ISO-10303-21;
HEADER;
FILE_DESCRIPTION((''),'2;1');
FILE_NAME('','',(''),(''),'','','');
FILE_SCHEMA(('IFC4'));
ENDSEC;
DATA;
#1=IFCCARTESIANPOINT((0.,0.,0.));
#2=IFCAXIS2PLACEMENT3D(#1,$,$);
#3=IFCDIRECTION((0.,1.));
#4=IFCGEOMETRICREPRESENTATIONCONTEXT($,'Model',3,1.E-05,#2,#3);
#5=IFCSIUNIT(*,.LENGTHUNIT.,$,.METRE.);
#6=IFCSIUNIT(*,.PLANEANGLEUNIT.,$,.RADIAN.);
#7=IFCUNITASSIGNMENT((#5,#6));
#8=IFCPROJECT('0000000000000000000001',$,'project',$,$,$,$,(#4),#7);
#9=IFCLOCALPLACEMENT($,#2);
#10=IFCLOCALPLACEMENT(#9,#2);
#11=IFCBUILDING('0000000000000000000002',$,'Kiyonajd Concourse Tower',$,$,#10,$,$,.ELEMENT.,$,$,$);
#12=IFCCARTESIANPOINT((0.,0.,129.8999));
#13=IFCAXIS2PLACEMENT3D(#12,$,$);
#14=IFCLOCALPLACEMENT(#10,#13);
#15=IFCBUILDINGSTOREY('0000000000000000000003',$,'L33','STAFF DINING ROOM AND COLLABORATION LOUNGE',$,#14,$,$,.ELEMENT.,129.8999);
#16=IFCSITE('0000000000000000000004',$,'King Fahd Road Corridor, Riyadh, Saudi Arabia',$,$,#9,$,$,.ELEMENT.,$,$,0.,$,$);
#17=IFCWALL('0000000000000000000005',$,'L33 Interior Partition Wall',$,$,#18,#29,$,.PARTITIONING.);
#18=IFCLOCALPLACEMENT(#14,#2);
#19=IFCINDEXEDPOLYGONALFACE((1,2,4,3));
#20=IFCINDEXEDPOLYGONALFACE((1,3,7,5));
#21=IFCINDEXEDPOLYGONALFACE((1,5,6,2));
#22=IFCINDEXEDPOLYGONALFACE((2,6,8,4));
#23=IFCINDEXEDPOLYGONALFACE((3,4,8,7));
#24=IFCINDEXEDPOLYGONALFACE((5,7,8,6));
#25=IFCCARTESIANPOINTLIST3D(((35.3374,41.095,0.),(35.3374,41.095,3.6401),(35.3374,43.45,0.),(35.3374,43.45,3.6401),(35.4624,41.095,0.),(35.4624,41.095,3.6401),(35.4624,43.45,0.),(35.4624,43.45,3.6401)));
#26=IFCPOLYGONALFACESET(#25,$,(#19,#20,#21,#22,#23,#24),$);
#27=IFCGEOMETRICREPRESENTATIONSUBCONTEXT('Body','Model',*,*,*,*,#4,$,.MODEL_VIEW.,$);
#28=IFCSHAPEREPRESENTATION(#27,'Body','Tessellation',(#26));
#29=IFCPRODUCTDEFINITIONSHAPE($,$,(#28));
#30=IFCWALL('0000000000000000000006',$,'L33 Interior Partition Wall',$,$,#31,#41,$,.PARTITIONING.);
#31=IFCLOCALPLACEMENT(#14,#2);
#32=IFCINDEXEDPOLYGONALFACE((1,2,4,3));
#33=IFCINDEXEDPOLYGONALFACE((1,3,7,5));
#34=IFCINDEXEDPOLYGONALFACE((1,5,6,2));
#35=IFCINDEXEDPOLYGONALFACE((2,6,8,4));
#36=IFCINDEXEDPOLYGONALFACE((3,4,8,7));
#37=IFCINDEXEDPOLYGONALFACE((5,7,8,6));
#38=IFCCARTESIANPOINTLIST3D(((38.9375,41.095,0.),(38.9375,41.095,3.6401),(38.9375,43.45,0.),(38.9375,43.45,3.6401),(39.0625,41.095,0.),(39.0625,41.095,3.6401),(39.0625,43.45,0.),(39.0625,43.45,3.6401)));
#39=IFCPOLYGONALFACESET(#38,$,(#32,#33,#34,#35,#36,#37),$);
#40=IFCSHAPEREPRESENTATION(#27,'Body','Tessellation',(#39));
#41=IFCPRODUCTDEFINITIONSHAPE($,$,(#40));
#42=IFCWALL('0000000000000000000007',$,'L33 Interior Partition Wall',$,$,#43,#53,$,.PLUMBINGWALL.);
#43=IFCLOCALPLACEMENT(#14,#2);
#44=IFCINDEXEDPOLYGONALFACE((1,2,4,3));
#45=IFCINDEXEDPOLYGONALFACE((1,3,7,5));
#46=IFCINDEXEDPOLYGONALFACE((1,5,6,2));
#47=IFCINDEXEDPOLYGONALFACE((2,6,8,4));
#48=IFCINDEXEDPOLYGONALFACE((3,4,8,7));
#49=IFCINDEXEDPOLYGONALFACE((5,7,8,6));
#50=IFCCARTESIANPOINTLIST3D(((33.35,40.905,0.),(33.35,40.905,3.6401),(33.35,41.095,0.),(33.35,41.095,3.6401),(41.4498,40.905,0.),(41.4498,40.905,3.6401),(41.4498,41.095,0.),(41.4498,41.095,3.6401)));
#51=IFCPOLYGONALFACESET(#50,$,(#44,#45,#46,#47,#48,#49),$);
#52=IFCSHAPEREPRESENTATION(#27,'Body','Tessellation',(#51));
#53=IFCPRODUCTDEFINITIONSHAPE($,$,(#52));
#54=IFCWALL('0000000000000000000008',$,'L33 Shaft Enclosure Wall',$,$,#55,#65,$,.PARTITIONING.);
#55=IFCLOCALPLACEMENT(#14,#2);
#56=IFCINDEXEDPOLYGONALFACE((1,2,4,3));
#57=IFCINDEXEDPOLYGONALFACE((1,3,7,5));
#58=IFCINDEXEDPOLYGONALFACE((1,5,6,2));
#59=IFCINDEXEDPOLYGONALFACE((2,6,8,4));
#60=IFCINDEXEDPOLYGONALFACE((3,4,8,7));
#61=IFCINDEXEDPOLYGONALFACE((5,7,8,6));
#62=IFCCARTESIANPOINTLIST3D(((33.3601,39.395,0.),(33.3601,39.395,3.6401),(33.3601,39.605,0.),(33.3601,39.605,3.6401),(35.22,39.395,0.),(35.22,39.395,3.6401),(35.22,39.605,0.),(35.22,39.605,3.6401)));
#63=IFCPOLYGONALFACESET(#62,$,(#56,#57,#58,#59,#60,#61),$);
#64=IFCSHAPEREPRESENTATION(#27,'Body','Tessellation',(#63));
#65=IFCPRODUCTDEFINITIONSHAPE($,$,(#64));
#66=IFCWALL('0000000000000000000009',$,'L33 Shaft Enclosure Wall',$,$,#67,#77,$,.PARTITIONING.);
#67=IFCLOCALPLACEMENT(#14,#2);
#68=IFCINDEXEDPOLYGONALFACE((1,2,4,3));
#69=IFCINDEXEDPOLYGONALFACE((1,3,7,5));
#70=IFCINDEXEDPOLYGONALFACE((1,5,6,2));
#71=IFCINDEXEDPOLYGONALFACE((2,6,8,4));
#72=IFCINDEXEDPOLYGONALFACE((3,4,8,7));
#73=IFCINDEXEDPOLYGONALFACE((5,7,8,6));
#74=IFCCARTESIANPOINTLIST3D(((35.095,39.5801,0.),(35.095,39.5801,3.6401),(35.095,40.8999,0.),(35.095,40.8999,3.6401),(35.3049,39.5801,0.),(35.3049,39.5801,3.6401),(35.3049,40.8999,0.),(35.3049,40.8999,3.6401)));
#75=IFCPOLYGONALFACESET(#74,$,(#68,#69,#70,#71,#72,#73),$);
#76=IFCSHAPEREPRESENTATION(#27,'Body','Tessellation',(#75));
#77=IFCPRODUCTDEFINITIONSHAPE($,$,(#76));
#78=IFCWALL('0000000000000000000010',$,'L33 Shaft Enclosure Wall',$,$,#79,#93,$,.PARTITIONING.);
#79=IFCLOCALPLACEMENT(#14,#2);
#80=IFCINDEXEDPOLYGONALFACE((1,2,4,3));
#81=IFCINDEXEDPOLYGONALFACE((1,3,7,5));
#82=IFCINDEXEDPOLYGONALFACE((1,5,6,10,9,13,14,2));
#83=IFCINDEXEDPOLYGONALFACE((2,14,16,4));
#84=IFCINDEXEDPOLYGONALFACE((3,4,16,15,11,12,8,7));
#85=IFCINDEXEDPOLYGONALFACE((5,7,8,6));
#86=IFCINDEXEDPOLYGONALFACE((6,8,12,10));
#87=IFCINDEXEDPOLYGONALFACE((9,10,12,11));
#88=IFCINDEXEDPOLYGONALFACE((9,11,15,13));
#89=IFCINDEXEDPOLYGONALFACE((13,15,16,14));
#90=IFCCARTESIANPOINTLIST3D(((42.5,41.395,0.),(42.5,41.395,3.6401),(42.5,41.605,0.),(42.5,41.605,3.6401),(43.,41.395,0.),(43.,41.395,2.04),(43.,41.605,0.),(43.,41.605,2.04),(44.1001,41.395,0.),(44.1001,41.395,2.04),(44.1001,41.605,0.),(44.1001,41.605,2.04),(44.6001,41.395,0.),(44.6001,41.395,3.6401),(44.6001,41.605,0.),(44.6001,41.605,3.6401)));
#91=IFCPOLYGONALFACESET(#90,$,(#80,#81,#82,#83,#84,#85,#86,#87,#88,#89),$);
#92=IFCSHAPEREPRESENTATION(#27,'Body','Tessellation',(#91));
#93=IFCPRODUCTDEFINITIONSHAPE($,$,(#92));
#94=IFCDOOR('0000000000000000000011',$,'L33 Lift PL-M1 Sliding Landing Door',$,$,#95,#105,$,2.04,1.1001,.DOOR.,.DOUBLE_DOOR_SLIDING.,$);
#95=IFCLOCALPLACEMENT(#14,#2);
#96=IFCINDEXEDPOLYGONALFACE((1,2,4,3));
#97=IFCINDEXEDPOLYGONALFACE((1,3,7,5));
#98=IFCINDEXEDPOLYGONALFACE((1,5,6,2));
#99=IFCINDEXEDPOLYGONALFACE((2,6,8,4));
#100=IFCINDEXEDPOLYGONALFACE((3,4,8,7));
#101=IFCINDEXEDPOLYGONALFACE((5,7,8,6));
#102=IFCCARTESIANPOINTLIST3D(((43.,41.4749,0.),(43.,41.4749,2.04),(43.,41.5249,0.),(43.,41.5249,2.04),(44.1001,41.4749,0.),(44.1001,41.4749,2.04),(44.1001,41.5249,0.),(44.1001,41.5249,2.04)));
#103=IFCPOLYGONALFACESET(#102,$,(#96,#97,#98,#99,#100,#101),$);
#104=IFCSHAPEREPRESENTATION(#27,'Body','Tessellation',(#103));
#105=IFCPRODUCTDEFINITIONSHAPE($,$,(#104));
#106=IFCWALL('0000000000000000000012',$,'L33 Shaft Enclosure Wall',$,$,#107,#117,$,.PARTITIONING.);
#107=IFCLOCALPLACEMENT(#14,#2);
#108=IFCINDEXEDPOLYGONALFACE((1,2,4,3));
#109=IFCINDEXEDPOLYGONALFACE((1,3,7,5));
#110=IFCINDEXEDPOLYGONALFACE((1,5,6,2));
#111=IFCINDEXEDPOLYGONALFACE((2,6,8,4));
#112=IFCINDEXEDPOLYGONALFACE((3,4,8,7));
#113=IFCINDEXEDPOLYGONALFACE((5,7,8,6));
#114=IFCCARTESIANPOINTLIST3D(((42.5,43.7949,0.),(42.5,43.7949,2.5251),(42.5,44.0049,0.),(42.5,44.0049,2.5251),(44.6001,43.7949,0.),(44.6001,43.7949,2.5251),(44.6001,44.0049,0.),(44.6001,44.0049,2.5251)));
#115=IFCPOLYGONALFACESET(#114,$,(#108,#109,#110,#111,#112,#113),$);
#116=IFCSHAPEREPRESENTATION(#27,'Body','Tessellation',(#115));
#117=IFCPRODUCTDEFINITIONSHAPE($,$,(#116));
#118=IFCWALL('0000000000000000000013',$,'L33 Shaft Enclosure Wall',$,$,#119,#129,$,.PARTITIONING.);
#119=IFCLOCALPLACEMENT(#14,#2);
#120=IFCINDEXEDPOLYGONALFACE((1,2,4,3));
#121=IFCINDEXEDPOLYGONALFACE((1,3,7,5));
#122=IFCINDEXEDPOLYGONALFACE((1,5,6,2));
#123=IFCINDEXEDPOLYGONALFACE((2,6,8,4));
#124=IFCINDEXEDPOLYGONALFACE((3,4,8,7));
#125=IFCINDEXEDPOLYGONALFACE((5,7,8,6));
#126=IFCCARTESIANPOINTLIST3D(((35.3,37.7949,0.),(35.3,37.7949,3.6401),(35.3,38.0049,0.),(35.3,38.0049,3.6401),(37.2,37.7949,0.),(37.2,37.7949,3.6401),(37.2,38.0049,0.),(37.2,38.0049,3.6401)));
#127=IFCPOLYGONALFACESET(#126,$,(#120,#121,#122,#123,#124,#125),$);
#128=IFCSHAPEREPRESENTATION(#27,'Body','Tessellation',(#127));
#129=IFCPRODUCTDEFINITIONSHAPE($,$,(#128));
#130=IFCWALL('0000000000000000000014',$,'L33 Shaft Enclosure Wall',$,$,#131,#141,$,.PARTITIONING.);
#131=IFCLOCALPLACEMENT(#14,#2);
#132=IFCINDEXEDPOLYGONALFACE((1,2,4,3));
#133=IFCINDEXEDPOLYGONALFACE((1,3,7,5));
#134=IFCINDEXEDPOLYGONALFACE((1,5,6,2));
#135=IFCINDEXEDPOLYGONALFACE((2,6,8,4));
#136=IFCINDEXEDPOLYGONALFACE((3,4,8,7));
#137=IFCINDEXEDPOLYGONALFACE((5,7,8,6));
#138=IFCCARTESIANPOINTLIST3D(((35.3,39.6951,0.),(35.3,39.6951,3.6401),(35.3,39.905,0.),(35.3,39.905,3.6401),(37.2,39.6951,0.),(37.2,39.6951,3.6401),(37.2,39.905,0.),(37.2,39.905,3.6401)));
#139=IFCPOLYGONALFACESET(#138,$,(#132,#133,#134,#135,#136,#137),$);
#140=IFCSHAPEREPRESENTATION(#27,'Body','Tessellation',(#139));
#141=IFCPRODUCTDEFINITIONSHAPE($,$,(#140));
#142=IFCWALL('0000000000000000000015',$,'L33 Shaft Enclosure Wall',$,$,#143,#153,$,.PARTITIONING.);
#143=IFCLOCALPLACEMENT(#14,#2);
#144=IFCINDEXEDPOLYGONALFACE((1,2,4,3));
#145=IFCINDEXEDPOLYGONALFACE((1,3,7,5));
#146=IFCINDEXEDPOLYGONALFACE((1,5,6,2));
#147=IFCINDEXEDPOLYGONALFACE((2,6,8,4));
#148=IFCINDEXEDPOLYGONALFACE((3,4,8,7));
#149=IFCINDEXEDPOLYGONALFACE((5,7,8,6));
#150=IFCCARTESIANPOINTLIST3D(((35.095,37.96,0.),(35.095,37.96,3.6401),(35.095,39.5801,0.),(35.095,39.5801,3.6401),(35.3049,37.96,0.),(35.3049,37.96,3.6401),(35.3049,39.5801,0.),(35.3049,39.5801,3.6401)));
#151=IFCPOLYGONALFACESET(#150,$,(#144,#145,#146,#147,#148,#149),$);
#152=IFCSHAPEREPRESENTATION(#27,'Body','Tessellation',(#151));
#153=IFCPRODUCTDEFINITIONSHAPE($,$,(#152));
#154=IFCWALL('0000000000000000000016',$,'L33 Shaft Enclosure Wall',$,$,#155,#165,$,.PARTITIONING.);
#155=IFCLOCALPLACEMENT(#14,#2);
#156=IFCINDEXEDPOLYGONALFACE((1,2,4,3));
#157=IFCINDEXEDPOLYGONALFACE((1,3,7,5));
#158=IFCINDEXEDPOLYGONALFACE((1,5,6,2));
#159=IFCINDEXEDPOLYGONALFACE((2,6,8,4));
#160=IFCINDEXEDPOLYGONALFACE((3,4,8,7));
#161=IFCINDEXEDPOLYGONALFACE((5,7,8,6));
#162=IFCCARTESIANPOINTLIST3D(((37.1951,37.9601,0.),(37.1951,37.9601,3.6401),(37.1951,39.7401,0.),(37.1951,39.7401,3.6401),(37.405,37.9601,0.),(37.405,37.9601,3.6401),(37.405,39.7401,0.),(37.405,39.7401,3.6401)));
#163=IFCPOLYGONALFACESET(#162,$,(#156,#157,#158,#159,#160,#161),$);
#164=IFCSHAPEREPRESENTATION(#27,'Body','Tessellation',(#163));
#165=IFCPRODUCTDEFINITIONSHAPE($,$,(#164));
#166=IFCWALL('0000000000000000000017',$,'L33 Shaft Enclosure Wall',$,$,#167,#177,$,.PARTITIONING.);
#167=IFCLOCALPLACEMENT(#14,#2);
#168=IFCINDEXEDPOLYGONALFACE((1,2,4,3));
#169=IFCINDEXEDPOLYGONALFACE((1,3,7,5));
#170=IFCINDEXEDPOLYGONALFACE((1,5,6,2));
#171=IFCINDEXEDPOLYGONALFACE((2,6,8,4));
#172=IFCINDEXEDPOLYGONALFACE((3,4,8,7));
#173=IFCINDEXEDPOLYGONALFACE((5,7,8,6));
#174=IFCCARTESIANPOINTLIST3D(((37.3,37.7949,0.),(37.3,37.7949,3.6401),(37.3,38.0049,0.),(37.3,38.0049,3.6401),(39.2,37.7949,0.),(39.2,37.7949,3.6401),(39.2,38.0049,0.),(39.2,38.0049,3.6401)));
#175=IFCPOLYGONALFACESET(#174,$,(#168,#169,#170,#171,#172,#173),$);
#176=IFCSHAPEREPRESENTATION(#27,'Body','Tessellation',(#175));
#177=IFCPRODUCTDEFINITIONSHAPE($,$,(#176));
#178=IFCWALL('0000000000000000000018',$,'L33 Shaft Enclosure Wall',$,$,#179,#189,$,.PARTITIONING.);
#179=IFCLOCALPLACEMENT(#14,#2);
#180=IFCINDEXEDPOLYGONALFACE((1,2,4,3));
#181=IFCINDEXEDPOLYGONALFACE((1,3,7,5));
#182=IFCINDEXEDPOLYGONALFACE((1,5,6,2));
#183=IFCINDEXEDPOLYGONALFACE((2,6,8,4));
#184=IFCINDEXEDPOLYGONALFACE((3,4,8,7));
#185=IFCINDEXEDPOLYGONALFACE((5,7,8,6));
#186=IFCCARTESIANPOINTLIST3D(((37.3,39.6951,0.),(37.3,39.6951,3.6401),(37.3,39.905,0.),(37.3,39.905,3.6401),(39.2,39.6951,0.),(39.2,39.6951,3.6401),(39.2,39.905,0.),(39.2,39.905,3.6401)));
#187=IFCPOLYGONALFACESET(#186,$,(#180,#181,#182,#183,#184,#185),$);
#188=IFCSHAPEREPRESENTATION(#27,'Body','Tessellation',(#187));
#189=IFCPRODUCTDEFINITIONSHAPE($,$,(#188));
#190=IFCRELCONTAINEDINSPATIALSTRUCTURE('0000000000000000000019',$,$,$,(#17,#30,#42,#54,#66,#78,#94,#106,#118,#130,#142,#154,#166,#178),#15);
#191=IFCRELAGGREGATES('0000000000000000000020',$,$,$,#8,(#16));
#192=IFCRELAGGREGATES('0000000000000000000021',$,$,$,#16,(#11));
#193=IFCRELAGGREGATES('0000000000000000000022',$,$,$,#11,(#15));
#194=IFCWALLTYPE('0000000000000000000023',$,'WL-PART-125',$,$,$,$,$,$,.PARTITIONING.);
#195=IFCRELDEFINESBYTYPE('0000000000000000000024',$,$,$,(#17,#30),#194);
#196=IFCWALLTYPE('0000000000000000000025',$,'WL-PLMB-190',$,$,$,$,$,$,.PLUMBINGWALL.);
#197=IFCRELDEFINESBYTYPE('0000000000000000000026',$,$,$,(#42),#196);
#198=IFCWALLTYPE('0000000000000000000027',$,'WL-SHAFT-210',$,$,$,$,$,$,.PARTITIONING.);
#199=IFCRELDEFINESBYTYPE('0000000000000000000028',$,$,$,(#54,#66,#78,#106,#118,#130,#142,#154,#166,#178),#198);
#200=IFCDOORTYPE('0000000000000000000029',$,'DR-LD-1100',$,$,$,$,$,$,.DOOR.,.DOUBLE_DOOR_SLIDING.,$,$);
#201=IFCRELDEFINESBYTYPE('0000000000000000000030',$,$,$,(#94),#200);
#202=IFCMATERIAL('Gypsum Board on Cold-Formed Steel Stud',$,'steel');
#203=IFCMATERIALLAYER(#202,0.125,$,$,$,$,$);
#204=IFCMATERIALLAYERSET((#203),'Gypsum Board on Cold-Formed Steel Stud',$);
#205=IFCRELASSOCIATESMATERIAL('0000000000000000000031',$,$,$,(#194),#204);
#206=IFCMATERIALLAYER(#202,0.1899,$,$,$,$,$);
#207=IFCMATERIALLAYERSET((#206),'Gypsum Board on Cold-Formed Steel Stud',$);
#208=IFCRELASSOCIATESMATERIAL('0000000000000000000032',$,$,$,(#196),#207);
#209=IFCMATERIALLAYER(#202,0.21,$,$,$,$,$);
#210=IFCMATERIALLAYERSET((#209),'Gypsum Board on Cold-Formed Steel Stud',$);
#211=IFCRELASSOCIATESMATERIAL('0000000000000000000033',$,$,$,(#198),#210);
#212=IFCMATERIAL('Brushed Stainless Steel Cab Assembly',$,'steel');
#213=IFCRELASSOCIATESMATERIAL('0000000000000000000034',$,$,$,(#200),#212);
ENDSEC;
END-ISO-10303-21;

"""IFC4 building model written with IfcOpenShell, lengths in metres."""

from ifc_helpers import new_model, si_unit, direction, frame, frame_2d, origin, place, context, subcontext, project, spatial, rectangle, extrude, material, layer, layer_set, type_object, element, fill, save


model = new_model("IFC4")

# Units and contexts
model_context = context("Model", 3, precision=1e-05, world=origin(), true_north=direction((0.0, 1.0)))
body_context = subcontext(model_context, "Body", "Model", "MODEL_VIEW")
ifc_project = project(units=[si_unit("LENGTHUNIT", "METRE"), si_unit("PLANEANGLEUNIT", "RADIAN")], contexts=[model_context])

# Site, building, storey
site_placement = place(None, origin())
site = spatial("IfcSite", under=ifc_project, at=site_placement, Name="King Fahd Road Corridor, Riyadh, Saudi Arabia", CompositionType="ELEMENT", RefElevation=0.0)
building_placement = place(site_placement, origin())
building = spatial("IfcBuilding", under=site, at=building_placement, Name="Kiyonajd Concourse Tower", CompositionType="ELEMENT")
storey_placement = place(building_placement, frame((0.0, 0.0, 129.8999)))
storey = spatial("IfcBuildingStorey", under=building, at=storey_placement, Name="L33", Description="STAFF DINING ROOM AND COLLABORATION LOUNGE", CompositionType="ELEMENT", Elevation=129.8999)

# Walls
ifc_material_1 = material(Name="Gypsum Board on Cold-Formed Steel Stud", Category="steel")
ifc_layer_1 = layer(ifc_material_1, 0.125)
ifc_layer_set_1 = layer_set([ifc_layer_1], Name="Gypsum Board on Cold-Formed Steel Stud")
wall_type_1 = type_object("IfcWallType", Name="WL-PART-125", PredefinedType="PARTITIONING", material=ifc_layer_set_1)
for number, where, z_axis, x_axis, name in (
    (1, (35.3999, 41.095, 0.0), (0.0, 0.0, 1.0), (0.0, 1.0, 0.0), "L33 Interior Partition Wall"),
    (2, (39.0, 41.095, 0.0), (0.0, 0.0, 1.0), (0.0, 1.0, 0.0), "L33 Interior Partition Wall"),
):
    element("IfcWall", number, at=place(storey_placement, frame(where, z_axis=z_axis, x_axis=x_axis)), inside=storey, type_object=wall_type_1, Name=name, PredefinedType="PARTITIONING", context=body_context, shape_type="SweptSolid", body=[
        extrude(rectangle(XDim=2.355, YDim=0.125, at=frame_2d((1.1775, 0.0))), origin(), (0.0, 0.0, 1.0), 3.6401),
    ])
ifc_layer_2 = layer(ifc_material_1, 0.1899)
ifc_layer_set_2 = layer_set([ifc_layer_2], Name="Gypsum Board on Cold-Formed Steel Stud")
wall_type_2 = type_object("IfcWallType", Name="WL-PLMB-190", PredefinedType="PLUMBINGWALL", material=ifc_layer_set_2)
wall_1_placement = place(storey_placement, frame((33.3501, 41.0, 0.0), z_axis=(0.0, 0.0, 1.0), x_axis=(1.0, 0.0, 0.0)))
element("IfcWall", 3, at=wall_1_placement, inside=storey, type_object=wall_type_2, Name="L33 Interior Partition Wall", PredefinedType="PLUMBINGWALL", context=body_context, shape_type="SweptSolid", body=[
    extrude(rectangle(XDim=8.0999, YDim=0.1899, at=frame_2d((4.0498, 0.0))), origin(), (0.0, 0.0, 1.0), 3.6401),
])
ifc_layer_3 = layer(ifc_material_1, 0.21)
ifc_layer_set_3 = layer_set([ifc_layer_3], Name="Gypsum Board on Cold-Formed Steel Stud")
wall_type_3 = type_object("IfcWallType", Name="WL-SHAFT-210", PredefinedType="PARTITIONING", material=ifc_layer_set_3)
wall_2_placement = place(storey_placement, frame((33.3601, 39.5, 0.0), z_axis=(0.0, 0.0, 1.0), x_axis=(1.0, 0.0, 0.0)))
element("IfcWall", 4, at=wall_2_placement, inside=storey, type_object=wall_type_3, Name="L33 Shaft Enclosure Wall", PredefinedType="PARTITIONING", context=body_context, shape_type="SweptSolid", body=[
    extrude(rectangle(XDim=1.8599, YDim=0.21, at=frame_2d((0.9299, 0.0))), origin(), (0.0, 0.0, 1.0), 3.6401),
])
wall_3_placement = place(storey_placement, frame((35.2, 39.5801, 0.0), z_axis=(0.0, 0.0, 1.0), x_axis=(0.0, 1.0, 0.0)))
element("IfcWall", 5, at=wall_3_placement, inside=storey, type_object=wall_type_3, Name="L33 Shaft Enclosure Wall", PredefinedType="PARTITIONING", context=body_context, shape_type="SweptSolid", body=[
    extrude(rectangle(XDim=1.3198, YDim=0.21, at=frame_2d((0.6599, 0.0))), origin(), (0.0, 0.0, 1.0), 3.6401),
])

# Wall, opening, door
wall_4_placement = place(storey_placement, frame((42.5, 41.5, 0.0), z_axis=(0.0, 0.0, 1.0), x_axis=(1.0, 0.0, 0.0)))
wall_4 = element("IfcWall", 6, at=wall_4_placement, inside=storey, type_object=wall_type_3, Name="L33 Shaft Enclosure Wall", PredefinedType="PARTITIONING", context=body_context, shape_type="SweptSolid", body=[
    extrude(rectangle(XDim=2.1001, YDim=0.21, at=frame_2d((1.05, 0.0))), origin(), (0.0, 0.0, 1.0), 3.6401),
])
opening_1_placement = place(wall_4_placement, frame((0.5, 0.0, 0.0)))
opening_1 = element("IfcOpeningElement", 7, at=opening_1_placement, cuts=wall_4, PredefinedType="OPENING", context=body_context, shape_type="SweptSolid", body=[
    extrude(rectangle(XDim=1.1001, YDim=2.04, at=frame_2d((0.55, 1.02))), frame((0.0, 0.115, 0.0), z_axis=(0.0, -1.0, 0.0), x_axis=(1.0, 0.0, 0.0)), (0.0, 0.0, 1.0), 0.23),
])
ifc_material_2 = material(Name="Brushed Stainless Steel Cab Assembly", Category="steel")
door_type_1 = type_object("IfcDoorType", Name="DR-LD-1100", OperationType="DOUBLE_DOOR_SLIDING", PredefinedType="DOOR", material=ifc_material_2)
door_1_placement = place(opening_1_placement, origin())
door_1 = element("IfcDoor", 8, at=door_1_placement, inside=storey, type_object=door_type_1, Name="L33 Lift PL-M1 Sliding Landing Door", OperationType="DOUBLE_DOOR_SLIDING", OverallHeight=2.04, OverallWidth=1.1001, PredefinedType="DOOR", context=body_context, shape_type="SweptSolid", body=[
    extrude(rectangle(XDim=1.1001, YDim=2.04, at=frame_2d((0.55, 1.02))), frame((0.0, 0.0249, 0.0), z_axis=(0.0, -1.0, 0.0), x_axis=(1.0, 0.0, 0.0)), (0.0, 0.0, 1.0), 0.05),
])
fill(opening_1, door_1)

# Walls
wall_5_placement = place(storey_placement, frame((42.5, 43.8999, 0.0), z_axis=(0.0, 0.0, 1.0), x_axis=(1.0, 0.0, 0.0)))
element("IfcWall", 9, at=wall_5_placement, inside=storey, type_object=wall_type_3, Name="L33 Shaft Enclosure Wall", PredefinedType="PARTITIONING", context=body_context, shape_type="SweptSolid", body=[
    extrude(rectangle(XDim=2.1001, YDim=0.21, at=frame_2d((1.05, 0.0))), origin(), (0.0, 0.0, 1.0), 2.5251),
])
for number, where, z_axis, x_axis, name in (
    (10, (35.3, 37.8999, 0.0), (0.0, 0.0, 1.0), (1.0, 0.0, 0.0), "L33 Shaft Enclosure Wall"),
    (11, (35.3, 39.8, 0.0), (0.0, 0.0, 1.0), (1.0, 0.0, 0.0), "L33 Shaft Enclosure Wall"),
):
    element("IfcWall", number, at=place(storey_placement, frame(where, z_axis=z_axis, x_axis=x_axis)), inside=storey, type_object=wall_type_3, Name=name, PredefinedType="PARTITIONING", context=body_context, shape_type="SweptSolid", body=[
        extrude(rectangle(XDim=1.8999, YDim=0.21, at=frame_2d((0.95, 0.0))), origin(), (0.0, 0.0, 1.0), 3.6401),
    ])
wall_6_placement = place(storey_placement, frame((35.2, 37.96, 0.0), z_axis=(0.0, 0.0, 1.0), x_axis=(0.0, 1.0, 0.0)))
element("IfcWall", 12, at=wall_6_placement, inside=storey, type_object=wall_type_3, Name="L33 Shaft Enclosure Wall", PredefinedType="PARTITIONING", context=body_context, shape_type="SweptSolid", body=[
    extrude(rectangle(XDim=1.6201, YDim=0.21, at=frame_2d((0.8101, 0.0))), origin(), (0.0, 0.0, 1.0), 3.6401),
])
wall_7_placement = place(storey_placement, frame((37.3, 37.96, 0.0), z_axis=(0.0, 0.0, 1.0), x_axis=(0.0, 1.0, 0.0)))
element("IfcWall", 13, at=wall_7_placement, inside=storey, type_object=wall_type_3, Name="L33 Shaft Enclosure Wall", PredefinedType="PARTITIONING", context=body_context, shape_type="SweptSolid", body=[
    extrude(rectangle(XDim=1.78, YDim=0.21, at=frame_2d((0.8901, 0.0))), origin(), (0.0, 0.0, 1.0), 3.6401),
])
for number, where, z_axis, x_axis, name in (
    (14, (37.3, 37.8999, 0.0), (0.0, 0.0, 1.0), (1.0, 0.0, 0.0), "L33 Shaft Enclosure Wall"),
    (15, (37.3, 39.8, 0.0), (0.0, 0.0, 1.0), (1.0, 0.0, 0.0), "L33 Shaft Enclosure Wall"),
):
    element("IfcWall", number, at=place(storey_placement, frame(where, z_axis=z_axis, x_axis=x_axis)), inside=storey, type_object=wall_type_3, Name=name, PredefinedType="PARTITIONING", context=body_context, shape_type="SweptSolid", body=[
        extrude(rectangle(XDim=1.8999, YDim=0.21, at=frame_2d((0.95, 0.0))), origin(), (0.0, 0.0, 1.0), 3.6401),
    ])

save(model, "model.ifc")
